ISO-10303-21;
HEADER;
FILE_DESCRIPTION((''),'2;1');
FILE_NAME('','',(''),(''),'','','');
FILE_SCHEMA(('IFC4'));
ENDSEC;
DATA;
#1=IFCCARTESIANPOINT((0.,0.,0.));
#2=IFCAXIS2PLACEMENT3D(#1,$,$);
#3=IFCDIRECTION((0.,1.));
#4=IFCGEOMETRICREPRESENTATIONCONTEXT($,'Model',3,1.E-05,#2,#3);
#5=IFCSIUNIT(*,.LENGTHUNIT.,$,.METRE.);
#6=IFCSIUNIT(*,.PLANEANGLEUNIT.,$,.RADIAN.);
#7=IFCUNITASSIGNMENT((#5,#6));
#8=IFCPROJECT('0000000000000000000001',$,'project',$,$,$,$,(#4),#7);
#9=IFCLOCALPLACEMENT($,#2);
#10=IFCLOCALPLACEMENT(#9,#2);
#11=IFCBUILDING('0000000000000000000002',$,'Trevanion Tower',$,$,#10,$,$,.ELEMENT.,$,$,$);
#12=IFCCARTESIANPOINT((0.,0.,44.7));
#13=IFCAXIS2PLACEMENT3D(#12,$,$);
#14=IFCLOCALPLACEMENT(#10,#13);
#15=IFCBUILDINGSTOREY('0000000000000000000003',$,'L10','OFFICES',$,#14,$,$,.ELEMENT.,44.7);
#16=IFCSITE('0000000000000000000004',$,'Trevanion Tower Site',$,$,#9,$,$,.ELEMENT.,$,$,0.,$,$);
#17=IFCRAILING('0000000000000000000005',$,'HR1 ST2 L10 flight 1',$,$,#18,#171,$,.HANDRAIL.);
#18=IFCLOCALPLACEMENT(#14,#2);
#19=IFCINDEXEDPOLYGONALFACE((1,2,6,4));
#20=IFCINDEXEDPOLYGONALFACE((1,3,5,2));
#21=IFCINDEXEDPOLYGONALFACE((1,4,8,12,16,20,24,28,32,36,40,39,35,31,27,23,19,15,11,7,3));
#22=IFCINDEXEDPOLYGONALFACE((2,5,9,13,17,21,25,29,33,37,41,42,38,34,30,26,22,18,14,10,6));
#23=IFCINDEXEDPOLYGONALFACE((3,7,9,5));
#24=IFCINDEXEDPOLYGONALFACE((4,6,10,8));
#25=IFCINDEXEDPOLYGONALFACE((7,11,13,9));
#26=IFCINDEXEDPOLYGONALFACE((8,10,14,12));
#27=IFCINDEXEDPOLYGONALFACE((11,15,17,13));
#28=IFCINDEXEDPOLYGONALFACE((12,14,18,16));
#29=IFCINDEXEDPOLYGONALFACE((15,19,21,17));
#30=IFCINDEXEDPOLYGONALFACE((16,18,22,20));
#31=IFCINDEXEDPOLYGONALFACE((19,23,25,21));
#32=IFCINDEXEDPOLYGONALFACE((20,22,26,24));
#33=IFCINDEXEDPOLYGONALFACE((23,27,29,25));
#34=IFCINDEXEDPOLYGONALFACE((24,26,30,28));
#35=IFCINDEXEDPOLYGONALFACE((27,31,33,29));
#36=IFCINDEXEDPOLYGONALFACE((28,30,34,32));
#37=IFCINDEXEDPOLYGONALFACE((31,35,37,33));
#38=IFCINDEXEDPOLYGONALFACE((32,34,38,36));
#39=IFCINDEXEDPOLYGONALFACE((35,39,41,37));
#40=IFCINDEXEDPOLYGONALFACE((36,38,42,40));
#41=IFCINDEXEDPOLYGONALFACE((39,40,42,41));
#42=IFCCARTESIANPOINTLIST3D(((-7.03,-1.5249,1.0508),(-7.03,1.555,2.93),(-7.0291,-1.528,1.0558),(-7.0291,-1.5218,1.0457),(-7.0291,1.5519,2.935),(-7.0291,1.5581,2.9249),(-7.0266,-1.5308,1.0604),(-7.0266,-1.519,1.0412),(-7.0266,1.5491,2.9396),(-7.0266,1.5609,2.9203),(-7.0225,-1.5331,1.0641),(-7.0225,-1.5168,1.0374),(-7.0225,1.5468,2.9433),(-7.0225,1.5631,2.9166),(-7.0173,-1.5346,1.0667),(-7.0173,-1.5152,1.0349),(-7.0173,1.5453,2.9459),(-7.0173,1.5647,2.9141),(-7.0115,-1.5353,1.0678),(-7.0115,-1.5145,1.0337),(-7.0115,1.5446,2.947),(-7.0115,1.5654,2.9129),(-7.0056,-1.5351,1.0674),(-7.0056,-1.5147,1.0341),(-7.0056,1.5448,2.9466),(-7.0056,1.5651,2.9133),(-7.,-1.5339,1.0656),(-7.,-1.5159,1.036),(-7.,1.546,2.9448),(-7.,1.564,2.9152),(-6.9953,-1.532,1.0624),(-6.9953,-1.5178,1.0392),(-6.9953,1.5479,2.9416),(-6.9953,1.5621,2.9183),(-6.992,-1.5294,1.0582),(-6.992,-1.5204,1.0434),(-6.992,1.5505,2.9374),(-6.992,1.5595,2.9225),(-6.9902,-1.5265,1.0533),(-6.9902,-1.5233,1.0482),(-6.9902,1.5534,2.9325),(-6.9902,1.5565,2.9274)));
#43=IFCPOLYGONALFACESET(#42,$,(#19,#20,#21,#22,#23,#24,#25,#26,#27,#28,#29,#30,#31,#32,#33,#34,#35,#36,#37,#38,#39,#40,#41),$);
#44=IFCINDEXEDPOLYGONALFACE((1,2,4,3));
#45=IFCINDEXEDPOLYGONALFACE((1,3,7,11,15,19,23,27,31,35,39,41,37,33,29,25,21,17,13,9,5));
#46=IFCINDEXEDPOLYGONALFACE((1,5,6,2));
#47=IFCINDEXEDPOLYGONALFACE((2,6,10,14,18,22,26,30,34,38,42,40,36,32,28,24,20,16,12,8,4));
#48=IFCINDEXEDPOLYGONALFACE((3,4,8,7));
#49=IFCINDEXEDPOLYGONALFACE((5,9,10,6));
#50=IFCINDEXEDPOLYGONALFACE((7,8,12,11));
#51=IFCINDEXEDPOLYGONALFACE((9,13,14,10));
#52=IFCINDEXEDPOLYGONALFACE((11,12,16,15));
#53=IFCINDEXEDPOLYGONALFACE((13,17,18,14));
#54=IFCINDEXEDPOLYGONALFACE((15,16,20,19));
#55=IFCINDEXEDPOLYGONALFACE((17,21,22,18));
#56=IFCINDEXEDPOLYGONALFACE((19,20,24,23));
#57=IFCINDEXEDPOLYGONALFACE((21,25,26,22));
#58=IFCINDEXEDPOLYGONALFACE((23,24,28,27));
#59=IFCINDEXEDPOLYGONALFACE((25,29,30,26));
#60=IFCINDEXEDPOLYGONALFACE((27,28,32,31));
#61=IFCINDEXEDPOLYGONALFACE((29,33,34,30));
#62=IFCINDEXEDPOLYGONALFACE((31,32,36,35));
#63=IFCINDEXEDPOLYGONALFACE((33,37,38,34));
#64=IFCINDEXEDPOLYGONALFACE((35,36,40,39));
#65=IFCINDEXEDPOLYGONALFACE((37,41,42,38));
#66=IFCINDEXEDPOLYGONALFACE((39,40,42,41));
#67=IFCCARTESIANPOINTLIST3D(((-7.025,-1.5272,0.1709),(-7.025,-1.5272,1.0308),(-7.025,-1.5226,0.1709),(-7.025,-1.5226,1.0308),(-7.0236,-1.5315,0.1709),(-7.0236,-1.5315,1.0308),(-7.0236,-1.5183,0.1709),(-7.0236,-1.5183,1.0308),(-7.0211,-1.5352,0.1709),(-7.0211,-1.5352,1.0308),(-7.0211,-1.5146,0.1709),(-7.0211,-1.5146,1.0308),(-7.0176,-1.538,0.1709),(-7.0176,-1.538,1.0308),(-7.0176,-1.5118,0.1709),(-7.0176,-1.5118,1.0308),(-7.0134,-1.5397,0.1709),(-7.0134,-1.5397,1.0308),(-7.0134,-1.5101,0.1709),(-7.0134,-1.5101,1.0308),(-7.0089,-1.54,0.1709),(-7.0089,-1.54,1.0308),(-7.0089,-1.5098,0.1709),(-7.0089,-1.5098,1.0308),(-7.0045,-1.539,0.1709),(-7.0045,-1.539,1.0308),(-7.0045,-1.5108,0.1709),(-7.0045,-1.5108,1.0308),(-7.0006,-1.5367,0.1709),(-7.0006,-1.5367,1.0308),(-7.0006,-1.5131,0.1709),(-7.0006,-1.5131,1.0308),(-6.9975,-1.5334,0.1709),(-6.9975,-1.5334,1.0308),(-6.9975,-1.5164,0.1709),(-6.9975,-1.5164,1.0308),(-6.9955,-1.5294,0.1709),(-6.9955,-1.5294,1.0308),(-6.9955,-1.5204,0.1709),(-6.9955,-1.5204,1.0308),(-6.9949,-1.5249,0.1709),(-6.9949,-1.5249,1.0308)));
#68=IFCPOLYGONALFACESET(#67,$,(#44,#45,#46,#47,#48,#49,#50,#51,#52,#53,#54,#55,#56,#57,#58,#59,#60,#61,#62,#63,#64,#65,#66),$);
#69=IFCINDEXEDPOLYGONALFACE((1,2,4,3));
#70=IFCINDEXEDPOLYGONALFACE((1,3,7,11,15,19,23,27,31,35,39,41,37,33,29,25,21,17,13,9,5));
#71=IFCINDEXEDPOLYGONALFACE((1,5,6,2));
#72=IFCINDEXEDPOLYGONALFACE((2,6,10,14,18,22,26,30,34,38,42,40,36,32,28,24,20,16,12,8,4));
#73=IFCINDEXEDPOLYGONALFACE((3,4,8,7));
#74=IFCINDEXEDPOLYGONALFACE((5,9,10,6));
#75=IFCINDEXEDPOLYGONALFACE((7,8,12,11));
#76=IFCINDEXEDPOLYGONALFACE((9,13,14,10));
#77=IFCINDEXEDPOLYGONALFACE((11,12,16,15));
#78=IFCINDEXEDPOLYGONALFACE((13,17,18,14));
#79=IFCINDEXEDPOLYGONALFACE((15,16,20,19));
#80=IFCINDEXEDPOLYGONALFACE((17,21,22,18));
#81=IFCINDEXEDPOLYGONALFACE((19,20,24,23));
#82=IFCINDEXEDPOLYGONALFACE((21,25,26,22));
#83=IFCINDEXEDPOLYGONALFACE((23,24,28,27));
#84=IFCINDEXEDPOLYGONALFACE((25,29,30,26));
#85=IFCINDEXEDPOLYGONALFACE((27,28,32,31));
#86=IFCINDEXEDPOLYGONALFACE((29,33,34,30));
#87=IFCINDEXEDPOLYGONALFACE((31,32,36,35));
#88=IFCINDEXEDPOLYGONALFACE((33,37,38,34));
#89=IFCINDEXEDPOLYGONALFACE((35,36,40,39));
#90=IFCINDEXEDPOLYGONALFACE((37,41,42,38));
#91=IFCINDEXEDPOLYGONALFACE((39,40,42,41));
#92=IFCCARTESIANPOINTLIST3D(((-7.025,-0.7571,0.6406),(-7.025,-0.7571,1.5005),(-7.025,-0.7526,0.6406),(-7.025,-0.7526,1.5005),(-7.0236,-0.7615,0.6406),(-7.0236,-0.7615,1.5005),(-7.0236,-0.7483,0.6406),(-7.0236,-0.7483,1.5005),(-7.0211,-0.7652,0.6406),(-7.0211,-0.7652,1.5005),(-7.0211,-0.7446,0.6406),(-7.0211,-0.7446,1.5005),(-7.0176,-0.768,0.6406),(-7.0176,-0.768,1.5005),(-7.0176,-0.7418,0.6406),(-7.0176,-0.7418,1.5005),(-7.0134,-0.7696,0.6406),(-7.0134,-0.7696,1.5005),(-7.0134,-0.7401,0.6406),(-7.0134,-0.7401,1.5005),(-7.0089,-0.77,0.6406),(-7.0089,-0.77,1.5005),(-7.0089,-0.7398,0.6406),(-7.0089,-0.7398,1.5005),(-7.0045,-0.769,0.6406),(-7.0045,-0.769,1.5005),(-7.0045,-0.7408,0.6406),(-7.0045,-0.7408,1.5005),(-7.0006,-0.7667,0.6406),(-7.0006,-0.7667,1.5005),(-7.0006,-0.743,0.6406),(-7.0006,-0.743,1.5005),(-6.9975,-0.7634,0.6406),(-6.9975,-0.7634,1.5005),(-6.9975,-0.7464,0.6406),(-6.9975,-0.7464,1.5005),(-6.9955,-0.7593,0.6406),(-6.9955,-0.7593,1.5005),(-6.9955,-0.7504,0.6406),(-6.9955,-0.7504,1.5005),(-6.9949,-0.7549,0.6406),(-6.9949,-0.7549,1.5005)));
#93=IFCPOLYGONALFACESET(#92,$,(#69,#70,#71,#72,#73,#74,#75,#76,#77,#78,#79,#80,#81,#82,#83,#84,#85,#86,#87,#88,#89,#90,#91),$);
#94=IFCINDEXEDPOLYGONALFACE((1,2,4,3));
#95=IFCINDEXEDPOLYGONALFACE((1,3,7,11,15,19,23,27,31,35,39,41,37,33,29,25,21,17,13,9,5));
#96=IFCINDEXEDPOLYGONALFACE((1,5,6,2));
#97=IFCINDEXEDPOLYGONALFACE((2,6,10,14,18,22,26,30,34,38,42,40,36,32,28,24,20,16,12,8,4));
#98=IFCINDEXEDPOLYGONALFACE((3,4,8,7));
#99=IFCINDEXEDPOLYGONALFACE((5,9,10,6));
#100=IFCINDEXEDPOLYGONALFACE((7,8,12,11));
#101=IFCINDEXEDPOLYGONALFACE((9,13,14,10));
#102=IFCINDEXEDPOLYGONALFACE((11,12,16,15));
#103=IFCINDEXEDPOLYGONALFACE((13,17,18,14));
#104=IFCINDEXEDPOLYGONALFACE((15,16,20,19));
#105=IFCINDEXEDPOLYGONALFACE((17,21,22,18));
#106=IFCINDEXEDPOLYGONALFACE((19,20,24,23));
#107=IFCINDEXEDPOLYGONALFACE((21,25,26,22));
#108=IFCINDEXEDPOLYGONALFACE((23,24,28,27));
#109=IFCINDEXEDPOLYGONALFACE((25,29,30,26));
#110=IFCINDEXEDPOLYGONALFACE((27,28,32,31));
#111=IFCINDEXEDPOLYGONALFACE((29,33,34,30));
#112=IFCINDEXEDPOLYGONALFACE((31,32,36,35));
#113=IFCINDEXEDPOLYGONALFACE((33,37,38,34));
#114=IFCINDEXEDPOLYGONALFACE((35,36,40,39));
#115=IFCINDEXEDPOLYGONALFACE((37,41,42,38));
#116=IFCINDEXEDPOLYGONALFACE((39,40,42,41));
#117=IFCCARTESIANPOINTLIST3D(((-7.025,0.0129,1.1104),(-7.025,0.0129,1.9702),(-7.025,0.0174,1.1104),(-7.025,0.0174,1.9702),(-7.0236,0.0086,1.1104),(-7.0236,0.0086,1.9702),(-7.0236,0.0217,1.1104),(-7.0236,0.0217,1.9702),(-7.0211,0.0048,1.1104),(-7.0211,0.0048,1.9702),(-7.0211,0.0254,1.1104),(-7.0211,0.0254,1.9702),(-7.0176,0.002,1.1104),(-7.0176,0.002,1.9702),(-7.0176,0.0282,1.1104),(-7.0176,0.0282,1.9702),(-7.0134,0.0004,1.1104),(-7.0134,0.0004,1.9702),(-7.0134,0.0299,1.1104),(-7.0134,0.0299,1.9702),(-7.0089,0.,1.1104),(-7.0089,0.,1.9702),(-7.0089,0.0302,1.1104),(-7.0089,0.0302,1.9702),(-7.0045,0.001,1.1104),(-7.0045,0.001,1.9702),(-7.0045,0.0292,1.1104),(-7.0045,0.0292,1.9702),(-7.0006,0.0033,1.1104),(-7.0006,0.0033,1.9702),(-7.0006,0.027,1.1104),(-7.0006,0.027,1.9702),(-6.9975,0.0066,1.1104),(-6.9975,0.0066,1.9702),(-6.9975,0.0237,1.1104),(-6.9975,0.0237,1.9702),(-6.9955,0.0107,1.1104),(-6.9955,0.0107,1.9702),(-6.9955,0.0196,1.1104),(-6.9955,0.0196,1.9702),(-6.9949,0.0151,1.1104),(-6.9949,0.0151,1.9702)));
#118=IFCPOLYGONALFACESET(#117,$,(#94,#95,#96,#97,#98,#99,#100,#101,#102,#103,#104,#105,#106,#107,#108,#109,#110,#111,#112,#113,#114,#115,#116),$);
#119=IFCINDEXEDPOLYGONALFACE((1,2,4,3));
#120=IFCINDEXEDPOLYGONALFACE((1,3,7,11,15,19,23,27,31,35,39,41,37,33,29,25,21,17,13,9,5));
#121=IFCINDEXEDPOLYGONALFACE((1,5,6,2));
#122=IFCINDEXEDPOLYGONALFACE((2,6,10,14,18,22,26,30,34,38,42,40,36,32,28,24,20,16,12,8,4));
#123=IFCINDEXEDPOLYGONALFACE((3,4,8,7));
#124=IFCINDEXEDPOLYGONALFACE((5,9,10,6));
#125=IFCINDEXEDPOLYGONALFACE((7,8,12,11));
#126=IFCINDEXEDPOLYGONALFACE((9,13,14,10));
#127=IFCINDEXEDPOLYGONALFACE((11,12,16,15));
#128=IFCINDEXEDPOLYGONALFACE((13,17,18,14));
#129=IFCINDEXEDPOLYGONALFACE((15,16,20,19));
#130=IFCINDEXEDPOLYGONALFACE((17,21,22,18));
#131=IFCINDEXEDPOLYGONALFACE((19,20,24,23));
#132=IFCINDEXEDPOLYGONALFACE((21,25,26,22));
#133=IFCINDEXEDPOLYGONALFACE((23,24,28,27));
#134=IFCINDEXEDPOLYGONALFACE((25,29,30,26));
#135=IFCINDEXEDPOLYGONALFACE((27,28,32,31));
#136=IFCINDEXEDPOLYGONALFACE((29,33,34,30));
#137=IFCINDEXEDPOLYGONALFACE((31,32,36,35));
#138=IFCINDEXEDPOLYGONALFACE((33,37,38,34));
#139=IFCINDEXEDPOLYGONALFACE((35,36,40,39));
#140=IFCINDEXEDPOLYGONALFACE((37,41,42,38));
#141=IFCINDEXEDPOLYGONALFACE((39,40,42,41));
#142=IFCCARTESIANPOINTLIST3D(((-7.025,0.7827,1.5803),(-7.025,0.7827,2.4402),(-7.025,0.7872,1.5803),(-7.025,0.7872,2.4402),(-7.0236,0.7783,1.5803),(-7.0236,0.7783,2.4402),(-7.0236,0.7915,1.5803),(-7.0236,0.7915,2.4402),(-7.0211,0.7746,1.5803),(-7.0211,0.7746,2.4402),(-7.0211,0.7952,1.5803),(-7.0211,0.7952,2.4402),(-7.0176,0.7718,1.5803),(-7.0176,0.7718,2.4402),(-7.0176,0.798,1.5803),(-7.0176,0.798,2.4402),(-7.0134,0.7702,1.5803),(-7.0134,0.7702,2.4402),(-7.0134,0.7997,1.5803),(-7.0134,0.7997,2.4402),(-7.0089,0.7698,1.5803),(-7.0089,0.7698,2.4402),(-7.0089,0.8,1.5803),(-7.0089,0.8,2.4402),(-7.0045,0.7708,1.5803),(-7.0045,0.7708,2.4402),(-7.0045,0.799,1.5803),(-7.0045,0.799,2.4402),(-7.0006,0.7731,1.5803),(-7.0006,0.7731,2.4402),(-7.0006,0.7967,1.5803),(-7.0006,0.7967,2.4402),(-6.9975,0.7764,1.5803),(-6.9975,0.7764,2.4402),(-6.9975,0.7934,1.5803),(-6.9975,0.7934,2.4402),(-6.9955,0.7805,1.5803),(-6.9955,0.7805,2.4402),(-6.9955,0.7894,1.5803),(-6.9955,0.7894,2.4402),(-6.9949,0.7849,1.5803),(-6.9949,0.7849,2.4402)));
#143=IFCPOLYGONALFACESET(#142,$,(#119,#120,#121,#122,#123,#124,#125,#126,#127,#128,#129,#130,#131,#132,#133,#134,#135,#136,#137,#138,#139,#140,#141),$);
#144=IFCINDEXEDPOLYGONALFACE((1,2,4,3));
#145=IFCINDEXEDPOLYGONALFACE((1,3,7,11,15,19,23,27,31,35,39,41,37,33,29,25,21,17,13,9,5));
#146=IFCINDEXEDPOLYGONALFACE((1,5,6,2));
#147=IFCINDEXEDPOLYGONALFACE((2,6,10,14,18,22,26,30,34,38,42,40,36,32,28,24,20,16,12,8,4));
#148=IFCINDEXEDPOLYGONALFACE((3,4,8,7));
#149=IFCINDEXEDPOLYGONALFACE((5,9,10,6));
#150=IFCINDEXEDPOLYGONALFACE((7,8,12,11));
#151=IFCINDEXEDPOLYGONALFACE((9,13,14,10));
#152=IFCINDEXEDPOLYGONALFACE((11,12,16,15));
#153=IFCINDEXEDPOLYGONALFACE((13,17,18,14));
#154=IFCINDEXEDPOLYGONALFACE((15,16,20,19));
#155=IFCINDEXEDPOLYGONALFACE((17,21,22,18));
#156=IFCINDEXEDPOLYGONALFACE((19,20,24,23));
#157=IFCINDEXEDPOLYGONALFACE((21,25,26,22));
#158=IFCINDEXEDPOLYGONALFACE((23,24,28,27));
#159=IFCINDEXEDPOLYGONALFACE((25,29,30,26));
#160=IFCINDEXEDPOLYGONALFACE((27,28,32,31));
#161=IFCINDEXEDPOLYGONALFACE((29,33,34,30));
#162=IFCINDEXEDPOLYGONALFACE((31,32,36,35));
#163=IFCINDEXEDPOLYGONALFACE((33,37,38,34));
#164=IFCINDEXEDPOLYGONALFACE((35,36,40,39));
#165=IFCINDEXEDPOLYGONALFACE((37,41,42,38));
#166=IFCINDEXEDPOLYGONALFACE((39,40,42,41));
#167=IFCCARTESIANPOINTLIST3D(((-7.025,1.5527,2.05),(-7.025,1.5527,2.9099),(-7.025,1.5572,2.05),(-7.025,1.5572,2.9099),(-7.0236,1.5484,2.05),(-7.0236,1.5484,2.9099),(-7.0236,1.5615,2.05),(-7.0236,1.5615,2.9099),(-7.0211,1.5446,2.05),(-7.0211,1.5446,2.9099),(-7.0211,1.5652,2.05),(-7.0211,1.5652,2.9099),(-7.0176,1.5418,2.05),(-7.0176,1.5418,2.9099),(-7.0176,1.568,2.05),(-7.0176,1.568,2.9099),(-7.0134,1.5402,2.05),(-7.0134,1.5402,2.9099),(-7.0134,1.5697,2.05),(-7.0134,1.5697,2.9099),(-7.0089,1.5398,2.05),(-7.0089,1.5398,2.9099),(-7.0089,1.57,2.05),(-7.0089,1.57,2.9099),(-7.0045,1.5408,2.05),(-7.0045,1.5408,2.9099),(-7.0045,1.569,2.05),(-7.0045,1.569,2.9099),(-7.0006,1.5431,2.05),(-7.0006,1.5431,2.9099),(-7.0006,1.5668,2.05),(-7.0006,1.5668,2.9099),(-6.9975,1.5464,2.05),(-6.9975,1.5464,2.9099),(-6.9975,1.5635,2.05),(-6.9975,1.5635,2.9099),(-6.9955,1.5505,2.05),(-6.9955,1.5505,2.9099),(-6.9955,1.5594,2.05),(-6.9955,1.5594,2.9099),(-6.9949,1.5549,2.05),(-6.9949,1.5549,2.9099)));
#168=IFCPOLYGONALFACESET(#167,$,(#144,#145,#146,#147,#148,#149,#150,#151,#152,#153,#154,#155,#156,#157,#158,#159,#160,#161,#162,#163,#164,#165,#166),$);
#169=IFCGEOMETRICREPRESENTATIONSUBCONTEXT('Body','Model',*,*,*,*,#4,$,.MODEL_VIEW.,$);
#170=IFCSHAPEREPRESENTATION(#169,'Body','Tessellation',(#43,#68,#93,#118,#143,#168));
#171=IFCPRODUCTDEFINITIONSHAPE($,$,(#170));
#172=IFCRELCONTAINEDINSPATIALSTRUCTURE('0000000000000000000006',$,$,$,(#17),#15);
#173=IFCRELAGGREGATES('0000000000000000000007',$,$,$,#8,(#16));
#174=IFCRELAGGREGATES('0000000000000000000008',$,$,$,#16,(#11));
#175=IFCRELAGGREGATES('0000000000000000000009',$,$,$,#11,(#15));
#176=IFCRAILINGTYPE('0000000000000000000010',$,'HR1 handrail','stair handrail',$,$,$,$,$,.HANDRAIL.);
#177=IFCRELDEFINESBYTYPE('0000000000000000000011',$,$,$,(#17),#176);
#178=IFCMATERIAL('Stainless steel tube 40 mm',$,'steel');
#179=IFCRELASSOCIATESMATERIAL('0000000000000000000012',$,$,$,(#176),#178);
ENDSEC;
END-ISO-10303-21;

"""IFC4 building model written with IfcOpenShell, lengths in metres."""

from ifc_helpers import new_model, si_unit, direction, frame, origin, origin_2d, place, context, subcontext, project, spatial, circle, extrude, material, type_object, element, save


model = new_model("IFC4")

# Units and contexts
model_context = context("Model", 3, precision=1e-05, world=origin(), true_north=direction((0.0, 1.0)))
body_context = subcontext(model_context, "Body", "Model", "MODEL_VIEW")
ifc_project = project(units=[si_unit("LENGTHUNIT", "METRE"), si_unit("PLANEANGLEUNIT", "RADIAN")], contexts=[model_context])

# Site, building, storey
site_placement = place(None, origin())
site = spatial("IfcSite", under=ifc_project, at=site_placement, Name="Trevanion Tower Site", CompositionType="ELEMENT", RefElevation=0.0)
building_placement = place(site_placement, origin())
building = spatial("IfcBuilding", under=site, at=building_placement, Name="Trevanion Tower", CompositionType="ELEMENT")
storey_placement = place(building_placement, frame((0.0, 0.0, 44.7)))
storey = spatial("IfcBuildingStorey", under=building, at=storey_placement, Name="L10", Description="OFFICES", CompositionType="ELEMENT", Elevation=44.7)

# Railing
ifc_material_1 = material(Name="Stainless steel tube 40 mm", Category="steel")
railing_type = type_object("IfcRailingType", Name="HR1 handrail", Description="stair handrail", PredefinedType="HANDRAIL", material=ifc_material_1)
for number, where, name in (
    (1, (-7.01, -1.5249, 0.1709), "HR1 ST2 L10 flight 1"),
):
    element("IfcRailing", number, at=place(storey_placement, frame(where)), inside=storey, type_object=railing_type, Name=name, PredefinedType="HANDRAIL", context=body_context, shape_type="SweptSolid", body=[
        extrude(circle(Radius=0.02, at=origin_2d()), frame((0.0, 0.0, 0.8799), z_axis=(0.0, 0.853648, 0.52085), x_axis=(-1.0, 0.0, 0.0)), (0.0, 0.0, 1.0), 3.6079),
        extrude(circle(Radius=0.0151, at=origin_2d()), origin(), (0.0, 0.0, 1.0), 0.8599),
        extrude(circle(Radius=0.0151, at=origin_2d()), frame((0.0, 0.77, 0.4697)), (0.0, 0.0, 1.0), 0.8599),
        extrude(circle(Radius=0.0151, at=origin_2d()), frame((0.0, 1.54, 0.9395)), (0.0, 0.0, 1.0), 0.8599),
        extrude(circle(Radius=0.0151, at=origin_2d()), frame((0.0, 2.3098, 1.4094)), (0.0, 0.0, 1.0), 0.8599),
        extrude(circle(Radius=0.0151, at=origin_2d()), frame((0.0, 3.0798, 1.8792)), (0.0, 0.0, 1.0), 0.8599),
    ])

save(model, "model.ifc")
